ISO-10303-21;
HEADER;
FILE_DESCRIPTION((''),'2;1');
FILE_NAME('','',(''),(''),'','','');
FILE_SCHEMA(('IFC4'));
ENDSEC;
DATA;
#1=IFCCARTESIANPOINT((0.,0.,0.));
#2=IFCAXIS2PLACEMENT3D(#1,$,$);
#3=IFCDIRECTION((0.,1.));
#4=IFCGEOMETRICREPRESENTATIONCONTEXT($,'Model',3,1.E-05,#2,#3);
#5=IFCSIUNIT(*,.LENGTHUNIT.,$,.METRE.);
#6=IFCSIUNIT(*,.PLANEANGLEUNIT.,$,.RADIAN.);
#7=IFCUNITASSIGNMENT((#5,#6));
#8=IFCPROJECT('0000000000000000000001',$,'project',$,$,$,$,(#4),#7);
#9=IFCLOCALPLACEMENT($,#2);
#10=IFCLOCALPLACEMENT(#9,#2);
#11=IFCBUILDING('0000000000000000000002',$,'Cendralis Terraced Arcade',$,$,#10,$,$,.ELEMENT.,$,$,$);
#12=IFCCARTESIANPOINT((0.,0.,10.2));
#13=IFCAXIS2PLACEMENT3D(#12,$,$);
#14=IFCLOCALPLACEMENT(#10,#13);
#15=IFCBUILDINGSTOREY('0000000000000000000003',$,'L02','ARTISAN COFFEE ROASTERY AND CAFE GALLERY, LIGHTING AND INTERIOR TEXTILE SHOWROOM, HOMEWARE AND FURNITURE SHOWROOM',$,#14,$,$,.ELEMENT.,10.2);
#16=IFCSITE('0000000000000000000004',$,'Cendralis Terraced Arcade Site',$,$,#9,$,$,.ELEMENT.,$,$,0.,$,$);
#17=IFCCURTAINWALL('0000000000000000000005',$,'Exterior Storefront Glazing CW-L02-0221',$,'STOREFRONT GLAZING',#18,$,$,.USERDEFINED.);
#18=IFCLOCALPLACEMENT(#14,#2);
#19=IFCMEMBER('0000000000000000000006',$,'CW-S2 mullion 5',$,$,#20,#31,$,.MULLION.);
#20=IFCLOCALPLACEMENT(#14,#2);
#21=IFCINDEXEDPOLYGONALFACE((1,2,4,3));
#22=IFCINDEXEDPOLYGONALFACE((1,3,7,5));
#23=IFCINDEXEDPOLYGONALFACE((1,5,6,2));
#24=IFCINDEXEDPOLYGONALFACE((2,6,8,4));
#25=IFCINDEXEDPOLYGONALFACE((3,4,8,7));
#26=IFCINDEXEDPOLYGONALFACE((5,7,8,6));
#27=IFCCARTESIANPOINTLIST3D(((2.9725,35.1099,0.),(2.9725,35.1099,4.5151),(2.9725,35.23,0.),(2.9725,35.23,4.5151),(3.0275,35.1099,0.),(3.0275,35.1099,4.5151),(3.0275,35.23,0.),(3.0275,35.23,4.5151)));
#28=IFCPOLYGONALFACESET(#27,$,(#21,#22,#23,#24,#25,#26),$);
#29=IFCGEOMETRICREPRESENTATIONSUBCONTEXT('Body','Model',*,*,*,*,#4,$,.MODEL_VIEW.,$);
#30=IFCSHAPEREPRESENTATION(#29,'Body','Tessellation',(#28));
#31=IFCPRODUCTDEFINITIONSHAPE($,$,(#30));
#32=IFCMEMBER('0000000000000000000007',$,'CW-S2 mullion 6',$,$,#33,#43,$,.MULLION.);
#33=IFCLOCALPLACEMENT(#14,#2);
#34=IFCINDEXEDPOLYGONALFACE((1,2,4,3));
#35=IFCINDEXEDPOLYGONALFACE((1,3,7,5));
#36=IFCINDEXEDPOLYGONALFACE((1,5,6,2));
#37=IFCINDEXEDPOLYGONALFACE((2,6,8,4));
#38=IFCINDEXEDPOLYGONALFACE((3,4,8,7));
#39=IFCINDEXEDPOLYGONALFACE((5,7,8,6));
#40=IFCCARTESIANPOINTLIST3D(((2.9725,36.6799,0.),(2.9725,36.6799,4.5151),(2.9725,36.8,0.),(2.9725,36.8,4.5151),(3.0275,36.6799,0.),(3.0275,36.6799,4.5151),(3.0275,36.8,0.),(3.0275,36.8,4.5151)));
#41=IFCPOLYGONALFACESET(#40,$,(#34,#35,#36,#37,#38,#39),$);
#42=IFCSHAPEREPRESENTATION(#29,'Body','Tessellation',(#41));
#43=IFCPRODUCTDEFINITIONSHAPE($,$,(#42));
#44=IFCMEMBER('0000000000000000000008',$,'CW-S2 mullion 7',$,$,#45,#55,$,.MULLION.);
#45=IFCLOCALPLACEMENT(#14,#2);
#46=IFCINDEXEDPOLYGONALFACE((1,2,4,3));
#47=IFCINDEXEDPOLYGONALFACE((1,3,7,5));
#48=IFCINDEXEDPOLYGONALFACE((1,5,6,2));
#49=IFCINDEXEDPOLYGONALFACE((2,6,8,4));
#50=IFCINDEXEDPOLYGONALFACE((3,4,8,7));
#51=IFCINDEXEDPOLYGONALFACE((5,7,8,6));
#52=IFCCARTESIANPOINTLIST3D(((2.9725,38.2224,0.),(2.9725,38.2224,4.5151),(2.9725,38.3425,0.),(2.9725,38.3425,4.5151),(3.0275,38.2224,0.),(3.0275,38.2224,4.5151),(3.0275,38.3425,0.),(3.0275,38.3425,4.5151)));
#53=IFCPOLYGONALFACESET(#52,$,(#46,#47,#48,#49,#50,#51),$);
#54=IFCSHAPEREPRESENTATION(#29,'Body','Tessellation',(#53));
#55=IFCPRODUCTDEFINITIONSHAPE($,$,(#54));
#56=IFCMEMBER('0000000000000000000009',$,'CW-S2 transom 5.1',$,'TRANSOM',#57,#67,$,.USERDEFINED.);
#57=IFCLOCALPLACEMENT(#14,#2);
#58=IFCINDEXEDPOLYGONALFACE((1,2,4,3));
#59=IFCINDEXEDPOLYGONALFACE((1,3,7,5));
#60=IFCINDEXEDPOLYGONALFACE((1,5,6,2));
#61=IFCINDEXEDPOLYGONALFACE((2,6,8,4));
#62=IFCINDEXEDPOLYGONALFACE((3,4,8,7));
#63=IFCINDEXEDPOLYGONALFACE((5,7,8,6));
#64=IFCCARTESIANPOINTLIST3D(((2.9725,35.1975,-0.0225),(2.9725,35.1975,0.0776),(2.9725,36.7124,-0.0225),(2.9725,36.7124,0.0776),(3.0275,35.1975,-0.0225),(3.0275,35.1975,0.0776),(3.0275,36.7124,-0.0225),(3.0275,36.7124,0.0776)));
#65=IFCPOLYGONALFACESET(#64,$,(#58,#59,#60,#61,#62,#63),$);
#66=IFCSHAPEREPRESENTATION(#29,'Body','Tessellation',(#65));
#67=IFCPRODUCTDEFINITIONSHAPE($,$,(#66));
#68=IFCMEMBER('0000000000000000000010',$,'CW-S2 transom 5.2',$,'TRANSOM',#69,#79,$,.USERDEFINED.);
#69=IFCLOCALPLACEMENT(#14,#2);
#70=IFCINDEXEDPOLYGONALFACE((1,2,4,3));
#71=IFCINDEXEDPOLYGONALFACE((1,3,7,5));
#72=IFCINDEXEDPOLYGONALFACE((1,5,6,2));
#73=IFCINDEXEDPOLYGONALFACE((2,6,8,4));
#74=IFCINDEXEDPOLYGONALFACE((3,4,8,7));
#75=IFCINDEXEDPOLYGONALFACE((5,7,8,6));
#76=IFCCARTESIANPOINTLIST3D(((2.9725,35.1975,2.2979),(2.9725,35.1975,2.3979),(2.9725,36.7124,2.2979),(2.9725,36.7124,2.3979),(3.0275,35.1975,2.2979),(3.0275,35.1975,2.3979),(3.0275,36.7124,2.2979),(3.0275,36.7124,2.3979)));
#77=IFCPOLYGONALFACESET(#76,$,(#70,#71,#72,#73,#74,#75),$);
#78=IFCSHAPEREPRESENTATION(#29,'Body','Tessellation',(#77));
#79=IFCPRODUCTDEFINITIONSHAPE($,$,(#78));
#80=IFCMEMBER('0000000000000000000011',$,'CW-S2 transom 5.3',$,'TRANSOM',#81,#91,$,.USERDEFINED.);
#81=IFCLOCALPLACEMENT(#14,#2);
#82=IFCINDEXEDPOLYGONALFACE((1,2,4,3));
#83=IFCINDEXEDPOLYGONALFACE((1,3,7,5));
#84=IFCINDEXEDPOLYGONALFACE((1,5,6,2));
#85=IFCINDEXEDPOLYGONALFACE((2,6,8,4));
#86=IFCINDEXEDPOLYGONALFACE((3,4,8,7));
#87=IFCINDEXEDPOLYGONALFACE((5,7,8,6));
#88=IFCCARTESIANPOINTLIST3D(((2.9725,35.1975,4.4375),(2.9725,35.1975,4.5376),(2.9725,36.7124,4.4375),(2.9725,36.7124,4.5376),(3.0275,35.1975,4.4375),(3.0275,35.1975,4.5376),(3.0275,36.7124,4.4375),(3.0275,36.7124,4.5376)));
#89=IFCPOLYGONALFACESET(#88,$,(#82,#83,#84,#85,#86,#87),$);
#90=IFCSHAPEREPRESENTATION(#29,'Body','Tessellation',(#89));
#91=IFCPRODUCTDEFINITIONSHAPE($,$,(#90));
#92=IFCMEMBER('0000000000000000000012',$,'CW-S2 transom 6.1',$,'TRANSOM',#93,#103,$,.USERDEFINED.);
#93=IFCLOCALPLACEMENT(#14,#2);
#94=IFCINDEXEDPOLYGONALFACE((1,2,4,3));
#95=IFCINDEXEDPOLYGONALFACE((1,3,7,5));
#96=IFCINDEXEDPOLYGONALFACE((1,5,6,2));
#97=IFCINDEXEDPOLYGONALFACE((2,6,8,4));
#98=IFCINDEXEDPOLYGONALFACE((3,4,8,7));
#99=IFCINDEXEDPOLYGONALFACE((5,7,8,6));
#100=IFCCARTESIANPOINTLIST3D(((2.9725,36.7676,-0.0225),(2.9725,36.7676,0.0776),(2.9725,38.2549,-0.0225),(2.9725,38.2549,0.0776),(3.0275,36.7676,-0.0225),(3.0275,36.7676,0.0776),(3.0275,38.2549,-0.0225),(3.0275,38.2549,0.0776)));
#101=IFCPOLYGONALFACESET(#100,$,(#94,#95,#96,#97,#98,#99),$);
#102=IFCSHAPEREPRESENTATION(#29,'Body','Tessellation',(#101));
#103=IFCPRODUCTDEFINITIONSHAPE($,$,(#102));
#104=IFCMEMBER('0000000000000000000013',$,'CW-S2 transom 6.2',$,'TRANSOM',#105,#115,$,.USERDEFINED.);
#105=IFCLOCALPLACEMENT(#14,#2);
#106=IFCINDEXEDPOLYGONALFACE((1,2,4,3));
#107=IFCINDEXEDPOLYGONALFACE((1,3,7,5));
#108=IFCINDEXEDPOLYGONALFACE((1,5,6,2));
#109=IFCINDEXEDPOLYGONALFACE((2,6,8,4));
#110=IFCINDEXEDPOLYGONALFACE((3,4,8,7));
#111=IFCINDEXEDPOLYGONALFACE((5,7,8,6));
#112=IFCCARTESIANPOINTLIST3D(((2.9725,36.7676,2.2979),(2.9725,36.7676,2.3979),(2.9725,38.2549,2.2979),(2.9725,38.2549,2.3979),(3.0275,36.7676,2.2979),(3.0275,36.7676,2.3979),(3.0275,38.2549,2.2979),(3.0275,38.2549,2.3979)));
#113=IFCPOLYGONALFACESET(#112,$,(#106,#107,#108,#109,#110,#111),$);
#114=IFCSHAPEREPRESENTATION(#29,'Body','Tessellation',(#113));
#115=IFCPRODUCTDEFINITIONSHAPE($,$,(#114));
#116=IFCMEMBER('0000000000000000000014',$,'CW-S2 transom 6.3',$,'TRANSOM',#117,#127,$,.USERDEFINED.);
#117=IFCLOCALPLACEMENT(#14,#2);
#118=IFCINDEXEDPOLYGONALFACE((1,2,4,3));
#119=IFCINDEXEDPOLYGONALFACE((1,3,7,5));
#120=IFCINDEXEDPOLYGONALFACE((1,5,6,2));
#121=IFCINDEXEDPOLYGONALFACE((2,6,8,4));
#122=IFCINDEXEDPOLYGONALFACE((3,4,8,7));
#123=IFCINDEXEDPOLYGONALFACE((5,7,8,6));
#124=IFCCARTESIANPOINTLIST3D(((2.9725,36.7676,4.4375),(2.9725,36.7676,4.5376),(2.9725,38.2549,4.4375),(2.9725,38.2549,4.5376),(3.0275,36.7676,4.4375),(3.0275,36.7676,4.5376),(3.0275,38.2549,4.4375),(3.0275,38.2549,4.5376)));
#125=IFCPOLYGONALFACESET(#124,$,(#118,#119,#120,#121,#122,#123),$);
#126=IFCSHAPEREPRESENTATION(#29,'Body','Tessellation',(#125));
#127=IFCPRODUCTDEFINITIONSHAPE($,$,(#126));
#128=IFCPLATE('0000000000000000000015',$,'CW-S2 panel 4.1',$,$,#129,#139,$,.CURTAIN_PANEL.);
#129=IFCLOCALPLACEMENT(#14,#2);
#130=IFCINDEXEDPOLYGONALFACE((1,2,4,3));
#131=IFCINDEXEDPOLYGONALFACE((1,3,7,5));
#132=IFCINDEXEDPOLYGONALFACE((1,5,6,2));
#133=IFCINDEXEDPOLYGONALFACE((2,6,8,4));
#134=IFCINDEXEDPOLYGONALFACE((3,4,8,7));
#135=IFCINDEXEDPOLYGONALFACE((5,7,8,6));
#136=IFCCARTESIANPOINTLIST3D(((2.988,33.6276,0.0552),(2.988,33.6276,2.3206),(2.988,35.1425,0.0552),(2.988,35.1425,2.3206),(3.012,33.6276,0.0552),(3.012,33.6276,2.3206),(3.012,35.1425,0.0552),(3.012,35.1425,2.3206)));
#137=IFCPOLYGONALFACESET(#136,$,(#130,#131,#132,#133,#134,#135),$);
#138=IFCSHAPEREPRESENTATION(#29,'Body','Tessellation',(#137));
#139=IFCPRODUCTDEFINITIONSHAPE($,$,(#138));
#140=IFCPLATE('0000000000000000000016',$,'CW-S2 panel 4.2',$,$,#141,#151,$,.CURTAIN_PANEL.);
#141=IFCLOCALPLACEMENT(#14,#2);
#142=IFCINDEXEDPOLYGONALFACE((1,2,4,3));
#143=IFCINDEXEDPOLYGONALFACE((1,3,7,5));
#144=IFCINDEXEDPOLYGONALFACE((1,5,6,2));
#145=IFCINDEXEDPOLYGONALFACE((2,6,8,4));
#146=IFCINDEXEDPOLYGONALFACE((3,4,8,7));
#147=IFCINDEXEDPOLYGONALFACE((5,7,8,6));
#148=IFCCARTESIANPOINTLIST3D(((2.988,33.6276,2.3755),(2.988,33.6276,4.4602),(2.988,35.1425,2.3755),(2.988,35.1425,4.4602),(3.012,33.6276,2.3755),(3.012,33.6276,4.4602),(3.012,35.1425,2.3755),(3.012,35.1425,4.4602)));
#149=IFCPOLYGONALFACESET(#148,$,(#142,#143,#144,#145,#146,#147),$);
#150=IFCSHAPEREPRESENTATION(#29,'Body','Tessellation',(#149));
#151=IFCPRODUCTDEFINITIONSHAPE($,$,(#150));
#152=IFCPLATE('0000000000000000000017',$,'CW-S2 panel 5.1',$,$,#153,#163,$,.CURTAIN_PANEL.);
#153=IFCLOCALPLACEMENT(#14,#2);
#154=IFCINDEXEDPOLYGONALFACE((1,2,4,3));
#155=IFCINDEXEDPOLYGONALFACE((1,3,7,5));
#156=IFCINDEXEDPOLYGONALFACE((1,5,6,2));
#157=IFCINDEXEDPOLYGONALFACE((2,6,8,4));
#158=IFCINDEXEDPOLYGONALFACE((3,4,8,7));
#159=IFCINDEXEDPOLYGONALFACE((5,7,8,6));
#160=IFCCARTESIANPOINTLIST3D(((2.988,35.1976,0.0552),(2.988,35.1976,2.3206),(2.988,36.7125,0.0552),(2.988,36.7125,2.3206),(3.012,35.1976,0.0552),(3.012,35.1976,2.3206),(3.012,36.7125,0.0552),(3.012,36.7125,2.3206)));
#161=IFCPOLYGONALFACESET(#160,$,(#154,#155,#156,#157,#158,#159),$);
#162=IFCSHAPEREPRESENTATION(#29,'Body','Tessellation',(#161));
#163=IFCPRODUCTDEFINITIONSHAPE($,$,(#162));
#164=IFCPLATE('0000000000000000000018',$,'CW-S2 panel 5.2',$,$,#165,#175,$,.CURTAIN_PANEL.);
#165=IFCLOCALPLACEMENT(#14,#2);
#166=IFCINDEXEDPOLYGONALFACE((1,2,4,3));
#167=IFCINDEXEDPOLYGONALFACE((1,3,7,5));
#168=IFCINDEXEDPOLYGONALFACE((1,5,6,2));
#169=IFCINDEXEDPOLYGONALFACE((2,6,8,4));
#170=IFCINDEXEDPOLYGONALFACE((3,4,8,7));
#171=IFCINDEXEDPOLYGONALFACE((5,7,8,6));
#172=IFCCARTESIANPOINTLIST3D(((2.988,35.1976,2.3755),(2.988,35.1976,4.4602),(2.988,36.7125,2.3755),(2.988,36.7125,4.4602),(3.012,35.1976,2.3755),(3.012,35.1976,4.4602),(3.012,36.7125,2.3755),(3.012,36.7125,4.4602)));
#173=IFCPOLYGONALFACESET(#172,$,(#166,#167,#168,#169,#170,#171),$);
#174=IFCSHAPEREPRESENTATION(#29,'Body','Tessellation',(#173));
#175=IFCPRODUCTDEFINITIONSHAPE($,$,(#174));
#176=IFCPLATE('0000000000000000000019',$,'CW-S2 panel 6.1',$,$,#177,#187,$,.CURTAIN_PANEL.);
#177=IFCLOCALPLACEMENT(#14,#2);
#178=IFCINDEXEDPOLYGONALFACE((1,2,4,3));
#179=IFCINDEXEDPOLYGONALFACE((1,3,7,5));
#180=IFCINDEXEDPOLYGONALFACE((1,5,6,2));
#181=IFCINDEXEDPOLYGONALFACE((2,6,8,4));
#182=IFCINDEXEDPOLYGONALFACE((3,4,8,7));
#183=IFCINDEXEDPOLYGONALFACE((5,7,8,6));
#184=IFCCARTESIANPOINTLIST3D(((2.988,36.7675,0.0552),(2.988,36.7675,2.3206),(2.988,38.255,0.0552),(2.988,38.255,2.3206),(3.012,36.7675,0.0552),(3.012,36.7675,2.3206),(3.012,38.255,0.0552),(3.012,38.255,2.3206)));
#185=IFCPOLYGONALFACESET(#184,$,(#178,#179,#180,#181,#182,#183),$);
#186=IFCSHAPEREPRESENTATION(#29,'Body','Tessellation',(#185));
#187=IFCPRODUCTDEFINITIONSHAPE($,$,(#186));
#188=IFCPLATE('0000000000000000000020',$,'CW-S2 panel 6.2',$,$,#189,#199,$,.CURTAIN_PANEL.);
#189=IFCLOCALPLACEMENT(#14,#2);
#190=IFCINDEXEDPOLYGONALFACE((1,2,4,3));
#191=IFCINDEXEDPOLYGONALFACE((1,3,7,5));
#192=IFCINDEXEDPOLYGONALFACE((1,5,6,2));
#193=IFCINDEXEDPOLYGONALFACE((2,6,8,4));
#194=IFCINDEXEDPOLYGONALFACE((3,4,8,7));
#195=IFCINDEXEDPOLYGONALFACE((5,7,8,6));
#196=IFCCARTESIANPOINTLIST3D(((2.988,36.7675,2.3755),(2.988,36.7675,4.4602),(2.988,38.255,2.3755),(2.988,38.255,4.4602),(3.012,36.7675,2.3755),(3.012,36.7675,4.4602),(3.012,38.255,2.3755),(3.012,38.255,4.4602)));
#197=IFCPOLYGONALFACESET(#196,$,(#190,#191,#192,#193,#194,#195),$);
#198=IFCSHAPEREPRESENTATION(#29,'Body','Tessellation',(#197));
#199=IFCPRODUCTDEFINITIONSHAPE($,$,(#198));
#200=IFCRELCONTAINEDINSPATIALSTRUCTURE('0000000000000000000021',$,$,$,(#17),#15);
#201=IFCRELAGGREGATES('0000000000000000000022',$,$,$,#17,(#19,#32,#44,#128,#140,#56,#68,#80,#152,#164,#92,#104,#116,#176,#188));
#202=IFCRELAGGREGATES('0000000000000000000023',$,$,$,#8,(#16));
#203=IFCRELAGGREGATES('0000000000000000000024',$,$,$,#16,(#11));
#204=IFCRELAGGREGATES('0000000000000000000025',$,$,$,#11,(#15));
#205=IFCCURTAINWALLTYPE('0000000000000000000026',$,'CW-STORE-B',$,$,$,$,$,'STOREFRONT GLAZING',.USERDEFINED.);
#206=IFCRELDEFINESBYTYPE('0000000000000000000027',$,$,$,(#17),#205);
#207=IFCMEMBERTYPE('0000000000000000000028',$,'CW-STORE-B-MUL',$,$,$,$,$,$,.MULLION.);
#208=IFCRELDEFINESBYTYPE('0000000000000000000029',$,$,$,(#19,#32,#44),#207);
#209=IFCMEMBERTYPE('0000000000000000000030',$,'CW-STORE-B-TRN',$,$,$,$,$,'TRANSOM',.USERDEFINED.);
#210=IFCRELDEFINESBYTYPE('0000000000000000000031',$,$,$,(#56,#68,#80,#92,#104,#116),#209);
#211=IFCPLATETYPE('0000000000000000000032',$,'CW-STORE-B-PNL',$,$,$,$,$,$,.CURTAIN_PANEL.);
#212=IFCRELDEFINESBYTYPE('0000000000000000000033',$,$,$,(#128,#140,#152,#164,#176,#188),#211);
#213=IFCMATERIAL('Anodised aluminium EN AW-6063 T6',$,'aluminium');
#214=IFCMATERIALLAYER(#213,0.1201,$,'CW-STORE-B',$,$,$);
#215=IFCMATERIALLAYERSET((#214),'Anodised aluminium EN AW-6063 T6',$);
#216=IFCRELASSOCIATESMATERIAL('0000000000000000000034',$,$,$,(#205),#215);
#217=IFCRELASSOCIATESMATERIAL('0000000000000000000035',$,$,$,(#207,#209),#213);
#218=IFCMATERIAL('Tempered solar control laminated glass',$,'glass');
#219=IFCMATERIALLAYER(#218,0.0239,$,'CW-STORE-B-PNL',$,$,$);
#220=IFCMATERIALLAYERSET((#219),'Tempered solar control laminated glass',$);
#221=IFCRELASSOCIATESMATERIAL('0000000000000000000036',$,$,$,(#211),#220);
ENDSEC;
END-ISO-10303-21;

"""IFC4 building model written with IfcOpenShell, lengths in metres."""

from ifc_helpers import new_model, si_unit, direction, frame, origin, origin_2d, place, context, subcontext, project, spatial, rectangle, extrude, material, layer, layer_set, material_profile, profile_set, type_object, element, aggregate, save


model = new_model("IFC4")

# Units and contexts
model_context = context("Model", 3, precision=1e-05, world=origin(), true_north=direction((0.0, 1.0)))
body_context = subcontext(model_context, "Body", "Model", "MODEL_VIEW")
ifc_project = project(units=[si_unit("LENGTHUNIT", "METRE"), si_unit("PLANEANGLEUNIT", "RADIAN")], contexts=[model_context])

# Site, building, storey
site_placement = place(None, origin())
site = spatial("IfcSite", under=ifc_project, at=site_placement, Name="Cendralis Terraced Arcade Site", CompositionType="ELEMENT", RefElevation=0.0)
building_placement = place(site_placement, origin())
building = spatial("IfcBuilding", under=site, at=building_placement, Name="Cendralis Terraced Arcade", CompositionType="ELEMENT")
storey_placement = place(building_placement, frame((0.0, 0.0, 10.2)))
storey = spatial("IfcBuildingStorey", under=building, at=storey_placement, Name="L02", Description="ARTISAN COFFEE ROASTERY AND CAFE GALLERY, LIGHTING AND INTERIOR TEXTILE SHOWROOM, HOMEWARE AND FURNITURE SHOWROOM", CompositionType="ELEMENT", Elevation=10.2)

# Curtain wall, members, plates
ifc_material_1 = material(Name="Anodised aluminium EN AW-6063 T6", Category="aluminium")
ifc_layer_1 = layer(ifc_material_1, 0.1201, Name="CW-STORE-B")
ifc_layer_set_1 = layer_set([ifc_layer_1], Name="Anodised aluminium EN AW-6063 T6")
curtain_wall_type = type_object("IfcCurtainWallType", Name="CW-STORE-B", ElementType="STOREFRONT GLAZING", PredefinedType="USERDEFINED", material=ifc_layer_set_1)
curtain_wall_placement = place(storey_placement, origin())
curtain_wall = element("IfcCurtainWall", 1, at=curtain_wall_placement, inside=storey, type_object=curtain_wall_type, Name="Exterior Storefront Glazing CW-L02-0221", ObjectType="STOREFRONT GLAZING", PredefinedType="USERDEFINED")
ifc_material_profile_1 = material_profile(ifc_material_1, rectangle(XDim=0.0549, YDim=0.1201, at=origin_2d()), Name="ALU-MUL-55x120")
ifc_profile_set_1 = profile_set([ifc_material_profile_1], Name="Anodised aluminium EN AW-6063 T6")
member_type_1 = type_object("IfcMemberType", Name="CW-STORE-B-MUL", PredefinedType="MULLION", material=ifc_profile_set_1)
member_1_placement = place(storey_placement, frame((3.0, 35.1699, 0.0), z_axis=(0.0, 0.0, 1.0), x_axis=(-1.0, 0.0, 0.0)))
member_1 = element("IfcMember", 2, at=member_1_placement, type_object=member_type_1, Name="CW-S2 mullion 5", PredefinedType="MULLION", context=body_context, shape_type="SweptSolid", body=[
    extrude(rectangle(XDim=0.0549, YDim=0.1201, at=origin_2d()), origin(), (0.0, 0.0, 1.0), 4.5151),
])
member_2_placement = place(storey_placement, frame((3.0, 36.74, 0.0), z_axis=(0.0, 0.0, 1.0), x_axis=(-1.0, 0.0, 0.0)))
member_2 = element("IfcMember", 3, at=member_2_placement, type_object=member_type_1, Name="CW-S2 mullion 6", PredefinedType="MULLION", context=body_context, shape_type="SweptSolid", body=[
    extrude(rectangle(XDim=0.0549, YDim=0.1201, at=origin_2d()), origin(), (0.0, 0.0, 1.0), 4.5151),
])
member_3_placement = place(storey_placement, frame((3.0, 38.2825, 0.0), z_axis=(0.0, 0.0, 1.0), x_axis=(-1.0, 0.0, 0.0)))
member_3 = element("IfcMember", 4, at=member_3_placement, type_object=member_type_1, Name="CW-S2 mullion 7", PredefinedType="MULLION", context=body_context, shape_type="SweptSolid", body=[
    extrude(rectangle(XDim=0.0549, YDim=0.1201, at=origin_2d()), origin(), (0.0, 0.0, 1.0), 4.5151),
])
ifc_material_profile_2 = material_profile(ifc_material_1, rectangle(XDim=0.0549, YDim=0.1001, at=origin_2d()), Name="ALU-TRN-55x100")
ifc_profile_set_2 = profile_set([ifc_material_profile_2], Name="Anodised aluminium EN AW-6063 T6")
member_type_2 = type_object("IfcMemberType", Name="CW-STORE-B-TRN", ElementType="TRANSOM", PredefinedType="USERDEFINED", material=ifc_profile_set_2)
member_4_placement = place(storey_placement, frame((3.0, 35.1975, 0.0276), z_axis=(0.0, 1.0, 0.0), x_axis=(-1.0, 0.0, 0.0)))
member_4 = element("IfcMember", 5, at=member_4_placement, type_object=member_type_2, Name="CW-S2 transom 5.1", ObjectType="TRANSOM", PredefinedType="USERDEFINED", context=body_context, shape_type="SweptSolid", body=[
    extrude(rectangle(XDim=0.0549, YDim=0.1001, at=origin_2d()), origin(), (0.0, 0.0, 1.0), 1.5149),
])
member_5_placement = place(storey_placement, frame((3.0, 35.1975, 2.3479), z_axis=(0.0, 1.0, 0.0), x_axis=(-1.0, 0.0, 0.0)))
member_5 = element("IfcMember", 6, at=member_5_placement, type_object=member_type_2, Name="CW-S2 transom 5.2", ObjectType="TRANSOM", PredefinedType="USERDEFINED", context=body_context, shape_type="SweptSolid", body=[
    extrude(rectangle(XDim=0.0549, YDim=0.1001, at=origin_2d()), origin(), (0.0, 0.0, 1.0), 1.5149),
])
member_6_placement = place(storey_placement, frame((3.0, 35.1975, 4.4875), z_axis=(0.0, 1.0, 0.0), x_axis=(-1.0, 0.0, 0.0)))
member_6 = element("IfcMember", 7, at=member_6_placement, type_object=member_type_2, Name="CW-S2 transom 5.3", ObjectType="TRANSOM", PredefinedType="USERDEFINED", context=body_context, shape_type="SweptSolid", body=[
    extrude(rectangle(XDim=0.0549, YDim=0.1001, at=origin_2d()), origin(), (0.0, 0.0, 1.0), 1.5149),
])
member_7_placement = place(storey_placement, frame((3.0, 36.7676, 0.0276), z_axis=(0.0, 1.0, 0.0), x_axis=(-1.0, 0.0, 0.0)))
member_7 = element("IfcMember", 8, at=member_7_placement, type_object=member_type_2, Name="CW-S2 transom 6.1", ObjectType="TRANSOM", PredefinedType="USERDEFINED", context=body_context, shape_type="SweptSolid", body=[
    extrude(rectangle(XDim=0.0549, YDim=0.1001, at=origin_2d()), origin(), (0.0, 0.0, 1.0), 1.4873),
])
member_8_placement = place(storey_placement, frame((3.0, 36.7676, 2.3479), z_axis=(0.0, 1.0, 0.0), x_axis=(-1.0, 0.0, 0.0)))
member_8 = element("IfcMember", 9, at=member_8_placement, type_object=member_type_2, Name="CW-S2 transom 6.2", ObjectType="TRANSOM", PredefinedType="USERDEFINED", context=body_context, shape_type="SweptSolid", body=[
    extrude(rectangle(XDim=0.0549, YDim=0.1001, at=origin_2d()), origin(), (0.0, 0.0, 1.0), 1.4873),
])
member_9_placement = place(storey_placement, frame((3.0, 36.7676, 4.4875), z_axis=(0.0, 1.0, 0.0), x_axis=(-1.0, 0.0, 0.0)))
member_9 = element("IfcMember", 10, at=member_9_placement, type_object=member_type_2, Name="CW-S2 transom 6.3", ObjectType="TRANSOM", PredefinedType="USERDEFINED", context=body_context, shape_type="SweptSolid", body=[
    extrude(rectangle(XDim=0.0549, YDim=0.1001, at=origin_2d()), origin(), (0.0, 0.0, 1.0), 1.4873),
])
ifc_material_2 = material(Name="Tempered solar control laminated glass", Category="glass")
ifc_layer_2 = layer(ifc_material_2, 0.0239, Name="CW-STORE-B-PNL")
ifc_layer_set_2 = layer_set([ifc_layer_2], Name="Tempered solar control laminated glass")
plate_type = type_object("IfcPlateType", Name="CW-STORE-B-PNL", PredefinedType="CURTAIN_PANEL", material=ifc_layer_set_2)
plate_1_placement = place(storey_placement, frame((3.0, 34.385, 0.0552), z_axis=(0.0, 0.0, 1.0), x_axis=(0.0, 1.0, 0.0)))
plate_1 = element("IfcPlate", 11, at=plate_1_placement, type_object=plate_type, Name="CW-S2 panel 4.1", PredefinedType="CURTAIN_PANEL", context=body_context, shape_type="SweptSolid", body=[
    extrude(rectangle(XDim=1.5149, YDim=0.0239, at=origin_2d()), origin(), (0.0, 0.0, 1.0), 2.2654),
])
plate_2_placement = place(storey_placement, frame((3.0, 34.385, 2.3755), z_axis=(0.0, 0.0, 1.0), x_axis=(0.0, 1.0, 0.0)))
plate_2 = element("IfcPlate", 12, at=plate_2_placement, type_object=plate_type, Name="CW-S2 panel 4.2", PredefinedType="CURTAIN_PANEL", context=body_context, shape_type="SweptSolid", body=[
    extrude(rectangle(XDim=1.5149, YDim=0.0239, at=origin_2d()), origin(), (0.0, 0.0, 1.0), 2.0847),
])
plate_3_placement = place(storey_placement, frame((3.0, 35.9551, 0.0552), z_axis=(0.0, 0.0, 1.0), x_axis=(0.0, 1.0, 0.0)))
plate_3 = element("IfcPlate", 13, at=plate_3_placement, type_object=plate_type, Name="CW-S2 panel 5.1", PredefinedType="CURTAIN_PANEL", context=body_context, shape_type="SweptSolid", body=[
    extrude(rectangle(XDim=1.5149, YDim=0.0239, at=origin_2d()), origin(), (0.0, 0.0, 1.0), 2.2654),
])
plate_4_placement = place(storey_placement, frame((3.0, 35.9551, 2.3755), z_axis=(0.0, 0.0, 1.0), x_axis=(0.0, 1.0, 0.0)))
plate_4 = element("IfcPlate", 14, at=plate_4_placement, type_object=plate_type, Name="CW-S2 panel 5.2", PredefinedType="CURTAIN_PANEL", context=body_context, shape_type="SweptSolid", body=[
    extrude(rectangle(XDim=1.5149, YDim=0.0239, at=origin_2d()), origin(), (0.0, 0.0, 1.0), 2.0847),
])
plate_5_placement = place(storey_placement, frame((3.0, 37.5112, 0.0552), z_axis=(0.0, 0.0, 1.0), x_axis=(0.0, 1.0, 0.0)))
plate_5 = element("IfcPlate", 15, at=plate_5_placement, type_object=plate_type, Name="CW-S2 panel 6.1", PredefinedType="CURTAIN_PANEL", context=body_context, shape_type="SweptSolid", body=[
    extrude(rectangle(XDim=1.4875, YDim=0.0239, at=origin_2d()), origin(), (0.0, 0.0, 1.0), 2.2654),
])
plate_6_placement = place(storey_placement, frame((3.0, 37.5112, 2.3755), z_axis=(0.0, 0.0, 1.0), x_axis=(0.0, 1.0, 0.0)))
plate_6 = element("IfcPlate", 16, at=plate_6_placement, type_object=plate_type, Name="CW-S2 panel 6.2", PredefinedType="CURTAIN_PANEL", context=body_context, shape_type="SweptSolid", body=[
    extrude(rectangle(XDim=1.4875, YDim=0.0239, at=origin_2d()), origin(), (0.0, 0.0, 1.0), 2.0847),
])
aggregate(curtain_wall, [member_1, member_2, member_3, plate_1, plate_2, member_4, member_5, member_6, plate_3, plate_4, member_7, member_8, member_9, plate_5, plate_6])

save(model, "model.ifc")
